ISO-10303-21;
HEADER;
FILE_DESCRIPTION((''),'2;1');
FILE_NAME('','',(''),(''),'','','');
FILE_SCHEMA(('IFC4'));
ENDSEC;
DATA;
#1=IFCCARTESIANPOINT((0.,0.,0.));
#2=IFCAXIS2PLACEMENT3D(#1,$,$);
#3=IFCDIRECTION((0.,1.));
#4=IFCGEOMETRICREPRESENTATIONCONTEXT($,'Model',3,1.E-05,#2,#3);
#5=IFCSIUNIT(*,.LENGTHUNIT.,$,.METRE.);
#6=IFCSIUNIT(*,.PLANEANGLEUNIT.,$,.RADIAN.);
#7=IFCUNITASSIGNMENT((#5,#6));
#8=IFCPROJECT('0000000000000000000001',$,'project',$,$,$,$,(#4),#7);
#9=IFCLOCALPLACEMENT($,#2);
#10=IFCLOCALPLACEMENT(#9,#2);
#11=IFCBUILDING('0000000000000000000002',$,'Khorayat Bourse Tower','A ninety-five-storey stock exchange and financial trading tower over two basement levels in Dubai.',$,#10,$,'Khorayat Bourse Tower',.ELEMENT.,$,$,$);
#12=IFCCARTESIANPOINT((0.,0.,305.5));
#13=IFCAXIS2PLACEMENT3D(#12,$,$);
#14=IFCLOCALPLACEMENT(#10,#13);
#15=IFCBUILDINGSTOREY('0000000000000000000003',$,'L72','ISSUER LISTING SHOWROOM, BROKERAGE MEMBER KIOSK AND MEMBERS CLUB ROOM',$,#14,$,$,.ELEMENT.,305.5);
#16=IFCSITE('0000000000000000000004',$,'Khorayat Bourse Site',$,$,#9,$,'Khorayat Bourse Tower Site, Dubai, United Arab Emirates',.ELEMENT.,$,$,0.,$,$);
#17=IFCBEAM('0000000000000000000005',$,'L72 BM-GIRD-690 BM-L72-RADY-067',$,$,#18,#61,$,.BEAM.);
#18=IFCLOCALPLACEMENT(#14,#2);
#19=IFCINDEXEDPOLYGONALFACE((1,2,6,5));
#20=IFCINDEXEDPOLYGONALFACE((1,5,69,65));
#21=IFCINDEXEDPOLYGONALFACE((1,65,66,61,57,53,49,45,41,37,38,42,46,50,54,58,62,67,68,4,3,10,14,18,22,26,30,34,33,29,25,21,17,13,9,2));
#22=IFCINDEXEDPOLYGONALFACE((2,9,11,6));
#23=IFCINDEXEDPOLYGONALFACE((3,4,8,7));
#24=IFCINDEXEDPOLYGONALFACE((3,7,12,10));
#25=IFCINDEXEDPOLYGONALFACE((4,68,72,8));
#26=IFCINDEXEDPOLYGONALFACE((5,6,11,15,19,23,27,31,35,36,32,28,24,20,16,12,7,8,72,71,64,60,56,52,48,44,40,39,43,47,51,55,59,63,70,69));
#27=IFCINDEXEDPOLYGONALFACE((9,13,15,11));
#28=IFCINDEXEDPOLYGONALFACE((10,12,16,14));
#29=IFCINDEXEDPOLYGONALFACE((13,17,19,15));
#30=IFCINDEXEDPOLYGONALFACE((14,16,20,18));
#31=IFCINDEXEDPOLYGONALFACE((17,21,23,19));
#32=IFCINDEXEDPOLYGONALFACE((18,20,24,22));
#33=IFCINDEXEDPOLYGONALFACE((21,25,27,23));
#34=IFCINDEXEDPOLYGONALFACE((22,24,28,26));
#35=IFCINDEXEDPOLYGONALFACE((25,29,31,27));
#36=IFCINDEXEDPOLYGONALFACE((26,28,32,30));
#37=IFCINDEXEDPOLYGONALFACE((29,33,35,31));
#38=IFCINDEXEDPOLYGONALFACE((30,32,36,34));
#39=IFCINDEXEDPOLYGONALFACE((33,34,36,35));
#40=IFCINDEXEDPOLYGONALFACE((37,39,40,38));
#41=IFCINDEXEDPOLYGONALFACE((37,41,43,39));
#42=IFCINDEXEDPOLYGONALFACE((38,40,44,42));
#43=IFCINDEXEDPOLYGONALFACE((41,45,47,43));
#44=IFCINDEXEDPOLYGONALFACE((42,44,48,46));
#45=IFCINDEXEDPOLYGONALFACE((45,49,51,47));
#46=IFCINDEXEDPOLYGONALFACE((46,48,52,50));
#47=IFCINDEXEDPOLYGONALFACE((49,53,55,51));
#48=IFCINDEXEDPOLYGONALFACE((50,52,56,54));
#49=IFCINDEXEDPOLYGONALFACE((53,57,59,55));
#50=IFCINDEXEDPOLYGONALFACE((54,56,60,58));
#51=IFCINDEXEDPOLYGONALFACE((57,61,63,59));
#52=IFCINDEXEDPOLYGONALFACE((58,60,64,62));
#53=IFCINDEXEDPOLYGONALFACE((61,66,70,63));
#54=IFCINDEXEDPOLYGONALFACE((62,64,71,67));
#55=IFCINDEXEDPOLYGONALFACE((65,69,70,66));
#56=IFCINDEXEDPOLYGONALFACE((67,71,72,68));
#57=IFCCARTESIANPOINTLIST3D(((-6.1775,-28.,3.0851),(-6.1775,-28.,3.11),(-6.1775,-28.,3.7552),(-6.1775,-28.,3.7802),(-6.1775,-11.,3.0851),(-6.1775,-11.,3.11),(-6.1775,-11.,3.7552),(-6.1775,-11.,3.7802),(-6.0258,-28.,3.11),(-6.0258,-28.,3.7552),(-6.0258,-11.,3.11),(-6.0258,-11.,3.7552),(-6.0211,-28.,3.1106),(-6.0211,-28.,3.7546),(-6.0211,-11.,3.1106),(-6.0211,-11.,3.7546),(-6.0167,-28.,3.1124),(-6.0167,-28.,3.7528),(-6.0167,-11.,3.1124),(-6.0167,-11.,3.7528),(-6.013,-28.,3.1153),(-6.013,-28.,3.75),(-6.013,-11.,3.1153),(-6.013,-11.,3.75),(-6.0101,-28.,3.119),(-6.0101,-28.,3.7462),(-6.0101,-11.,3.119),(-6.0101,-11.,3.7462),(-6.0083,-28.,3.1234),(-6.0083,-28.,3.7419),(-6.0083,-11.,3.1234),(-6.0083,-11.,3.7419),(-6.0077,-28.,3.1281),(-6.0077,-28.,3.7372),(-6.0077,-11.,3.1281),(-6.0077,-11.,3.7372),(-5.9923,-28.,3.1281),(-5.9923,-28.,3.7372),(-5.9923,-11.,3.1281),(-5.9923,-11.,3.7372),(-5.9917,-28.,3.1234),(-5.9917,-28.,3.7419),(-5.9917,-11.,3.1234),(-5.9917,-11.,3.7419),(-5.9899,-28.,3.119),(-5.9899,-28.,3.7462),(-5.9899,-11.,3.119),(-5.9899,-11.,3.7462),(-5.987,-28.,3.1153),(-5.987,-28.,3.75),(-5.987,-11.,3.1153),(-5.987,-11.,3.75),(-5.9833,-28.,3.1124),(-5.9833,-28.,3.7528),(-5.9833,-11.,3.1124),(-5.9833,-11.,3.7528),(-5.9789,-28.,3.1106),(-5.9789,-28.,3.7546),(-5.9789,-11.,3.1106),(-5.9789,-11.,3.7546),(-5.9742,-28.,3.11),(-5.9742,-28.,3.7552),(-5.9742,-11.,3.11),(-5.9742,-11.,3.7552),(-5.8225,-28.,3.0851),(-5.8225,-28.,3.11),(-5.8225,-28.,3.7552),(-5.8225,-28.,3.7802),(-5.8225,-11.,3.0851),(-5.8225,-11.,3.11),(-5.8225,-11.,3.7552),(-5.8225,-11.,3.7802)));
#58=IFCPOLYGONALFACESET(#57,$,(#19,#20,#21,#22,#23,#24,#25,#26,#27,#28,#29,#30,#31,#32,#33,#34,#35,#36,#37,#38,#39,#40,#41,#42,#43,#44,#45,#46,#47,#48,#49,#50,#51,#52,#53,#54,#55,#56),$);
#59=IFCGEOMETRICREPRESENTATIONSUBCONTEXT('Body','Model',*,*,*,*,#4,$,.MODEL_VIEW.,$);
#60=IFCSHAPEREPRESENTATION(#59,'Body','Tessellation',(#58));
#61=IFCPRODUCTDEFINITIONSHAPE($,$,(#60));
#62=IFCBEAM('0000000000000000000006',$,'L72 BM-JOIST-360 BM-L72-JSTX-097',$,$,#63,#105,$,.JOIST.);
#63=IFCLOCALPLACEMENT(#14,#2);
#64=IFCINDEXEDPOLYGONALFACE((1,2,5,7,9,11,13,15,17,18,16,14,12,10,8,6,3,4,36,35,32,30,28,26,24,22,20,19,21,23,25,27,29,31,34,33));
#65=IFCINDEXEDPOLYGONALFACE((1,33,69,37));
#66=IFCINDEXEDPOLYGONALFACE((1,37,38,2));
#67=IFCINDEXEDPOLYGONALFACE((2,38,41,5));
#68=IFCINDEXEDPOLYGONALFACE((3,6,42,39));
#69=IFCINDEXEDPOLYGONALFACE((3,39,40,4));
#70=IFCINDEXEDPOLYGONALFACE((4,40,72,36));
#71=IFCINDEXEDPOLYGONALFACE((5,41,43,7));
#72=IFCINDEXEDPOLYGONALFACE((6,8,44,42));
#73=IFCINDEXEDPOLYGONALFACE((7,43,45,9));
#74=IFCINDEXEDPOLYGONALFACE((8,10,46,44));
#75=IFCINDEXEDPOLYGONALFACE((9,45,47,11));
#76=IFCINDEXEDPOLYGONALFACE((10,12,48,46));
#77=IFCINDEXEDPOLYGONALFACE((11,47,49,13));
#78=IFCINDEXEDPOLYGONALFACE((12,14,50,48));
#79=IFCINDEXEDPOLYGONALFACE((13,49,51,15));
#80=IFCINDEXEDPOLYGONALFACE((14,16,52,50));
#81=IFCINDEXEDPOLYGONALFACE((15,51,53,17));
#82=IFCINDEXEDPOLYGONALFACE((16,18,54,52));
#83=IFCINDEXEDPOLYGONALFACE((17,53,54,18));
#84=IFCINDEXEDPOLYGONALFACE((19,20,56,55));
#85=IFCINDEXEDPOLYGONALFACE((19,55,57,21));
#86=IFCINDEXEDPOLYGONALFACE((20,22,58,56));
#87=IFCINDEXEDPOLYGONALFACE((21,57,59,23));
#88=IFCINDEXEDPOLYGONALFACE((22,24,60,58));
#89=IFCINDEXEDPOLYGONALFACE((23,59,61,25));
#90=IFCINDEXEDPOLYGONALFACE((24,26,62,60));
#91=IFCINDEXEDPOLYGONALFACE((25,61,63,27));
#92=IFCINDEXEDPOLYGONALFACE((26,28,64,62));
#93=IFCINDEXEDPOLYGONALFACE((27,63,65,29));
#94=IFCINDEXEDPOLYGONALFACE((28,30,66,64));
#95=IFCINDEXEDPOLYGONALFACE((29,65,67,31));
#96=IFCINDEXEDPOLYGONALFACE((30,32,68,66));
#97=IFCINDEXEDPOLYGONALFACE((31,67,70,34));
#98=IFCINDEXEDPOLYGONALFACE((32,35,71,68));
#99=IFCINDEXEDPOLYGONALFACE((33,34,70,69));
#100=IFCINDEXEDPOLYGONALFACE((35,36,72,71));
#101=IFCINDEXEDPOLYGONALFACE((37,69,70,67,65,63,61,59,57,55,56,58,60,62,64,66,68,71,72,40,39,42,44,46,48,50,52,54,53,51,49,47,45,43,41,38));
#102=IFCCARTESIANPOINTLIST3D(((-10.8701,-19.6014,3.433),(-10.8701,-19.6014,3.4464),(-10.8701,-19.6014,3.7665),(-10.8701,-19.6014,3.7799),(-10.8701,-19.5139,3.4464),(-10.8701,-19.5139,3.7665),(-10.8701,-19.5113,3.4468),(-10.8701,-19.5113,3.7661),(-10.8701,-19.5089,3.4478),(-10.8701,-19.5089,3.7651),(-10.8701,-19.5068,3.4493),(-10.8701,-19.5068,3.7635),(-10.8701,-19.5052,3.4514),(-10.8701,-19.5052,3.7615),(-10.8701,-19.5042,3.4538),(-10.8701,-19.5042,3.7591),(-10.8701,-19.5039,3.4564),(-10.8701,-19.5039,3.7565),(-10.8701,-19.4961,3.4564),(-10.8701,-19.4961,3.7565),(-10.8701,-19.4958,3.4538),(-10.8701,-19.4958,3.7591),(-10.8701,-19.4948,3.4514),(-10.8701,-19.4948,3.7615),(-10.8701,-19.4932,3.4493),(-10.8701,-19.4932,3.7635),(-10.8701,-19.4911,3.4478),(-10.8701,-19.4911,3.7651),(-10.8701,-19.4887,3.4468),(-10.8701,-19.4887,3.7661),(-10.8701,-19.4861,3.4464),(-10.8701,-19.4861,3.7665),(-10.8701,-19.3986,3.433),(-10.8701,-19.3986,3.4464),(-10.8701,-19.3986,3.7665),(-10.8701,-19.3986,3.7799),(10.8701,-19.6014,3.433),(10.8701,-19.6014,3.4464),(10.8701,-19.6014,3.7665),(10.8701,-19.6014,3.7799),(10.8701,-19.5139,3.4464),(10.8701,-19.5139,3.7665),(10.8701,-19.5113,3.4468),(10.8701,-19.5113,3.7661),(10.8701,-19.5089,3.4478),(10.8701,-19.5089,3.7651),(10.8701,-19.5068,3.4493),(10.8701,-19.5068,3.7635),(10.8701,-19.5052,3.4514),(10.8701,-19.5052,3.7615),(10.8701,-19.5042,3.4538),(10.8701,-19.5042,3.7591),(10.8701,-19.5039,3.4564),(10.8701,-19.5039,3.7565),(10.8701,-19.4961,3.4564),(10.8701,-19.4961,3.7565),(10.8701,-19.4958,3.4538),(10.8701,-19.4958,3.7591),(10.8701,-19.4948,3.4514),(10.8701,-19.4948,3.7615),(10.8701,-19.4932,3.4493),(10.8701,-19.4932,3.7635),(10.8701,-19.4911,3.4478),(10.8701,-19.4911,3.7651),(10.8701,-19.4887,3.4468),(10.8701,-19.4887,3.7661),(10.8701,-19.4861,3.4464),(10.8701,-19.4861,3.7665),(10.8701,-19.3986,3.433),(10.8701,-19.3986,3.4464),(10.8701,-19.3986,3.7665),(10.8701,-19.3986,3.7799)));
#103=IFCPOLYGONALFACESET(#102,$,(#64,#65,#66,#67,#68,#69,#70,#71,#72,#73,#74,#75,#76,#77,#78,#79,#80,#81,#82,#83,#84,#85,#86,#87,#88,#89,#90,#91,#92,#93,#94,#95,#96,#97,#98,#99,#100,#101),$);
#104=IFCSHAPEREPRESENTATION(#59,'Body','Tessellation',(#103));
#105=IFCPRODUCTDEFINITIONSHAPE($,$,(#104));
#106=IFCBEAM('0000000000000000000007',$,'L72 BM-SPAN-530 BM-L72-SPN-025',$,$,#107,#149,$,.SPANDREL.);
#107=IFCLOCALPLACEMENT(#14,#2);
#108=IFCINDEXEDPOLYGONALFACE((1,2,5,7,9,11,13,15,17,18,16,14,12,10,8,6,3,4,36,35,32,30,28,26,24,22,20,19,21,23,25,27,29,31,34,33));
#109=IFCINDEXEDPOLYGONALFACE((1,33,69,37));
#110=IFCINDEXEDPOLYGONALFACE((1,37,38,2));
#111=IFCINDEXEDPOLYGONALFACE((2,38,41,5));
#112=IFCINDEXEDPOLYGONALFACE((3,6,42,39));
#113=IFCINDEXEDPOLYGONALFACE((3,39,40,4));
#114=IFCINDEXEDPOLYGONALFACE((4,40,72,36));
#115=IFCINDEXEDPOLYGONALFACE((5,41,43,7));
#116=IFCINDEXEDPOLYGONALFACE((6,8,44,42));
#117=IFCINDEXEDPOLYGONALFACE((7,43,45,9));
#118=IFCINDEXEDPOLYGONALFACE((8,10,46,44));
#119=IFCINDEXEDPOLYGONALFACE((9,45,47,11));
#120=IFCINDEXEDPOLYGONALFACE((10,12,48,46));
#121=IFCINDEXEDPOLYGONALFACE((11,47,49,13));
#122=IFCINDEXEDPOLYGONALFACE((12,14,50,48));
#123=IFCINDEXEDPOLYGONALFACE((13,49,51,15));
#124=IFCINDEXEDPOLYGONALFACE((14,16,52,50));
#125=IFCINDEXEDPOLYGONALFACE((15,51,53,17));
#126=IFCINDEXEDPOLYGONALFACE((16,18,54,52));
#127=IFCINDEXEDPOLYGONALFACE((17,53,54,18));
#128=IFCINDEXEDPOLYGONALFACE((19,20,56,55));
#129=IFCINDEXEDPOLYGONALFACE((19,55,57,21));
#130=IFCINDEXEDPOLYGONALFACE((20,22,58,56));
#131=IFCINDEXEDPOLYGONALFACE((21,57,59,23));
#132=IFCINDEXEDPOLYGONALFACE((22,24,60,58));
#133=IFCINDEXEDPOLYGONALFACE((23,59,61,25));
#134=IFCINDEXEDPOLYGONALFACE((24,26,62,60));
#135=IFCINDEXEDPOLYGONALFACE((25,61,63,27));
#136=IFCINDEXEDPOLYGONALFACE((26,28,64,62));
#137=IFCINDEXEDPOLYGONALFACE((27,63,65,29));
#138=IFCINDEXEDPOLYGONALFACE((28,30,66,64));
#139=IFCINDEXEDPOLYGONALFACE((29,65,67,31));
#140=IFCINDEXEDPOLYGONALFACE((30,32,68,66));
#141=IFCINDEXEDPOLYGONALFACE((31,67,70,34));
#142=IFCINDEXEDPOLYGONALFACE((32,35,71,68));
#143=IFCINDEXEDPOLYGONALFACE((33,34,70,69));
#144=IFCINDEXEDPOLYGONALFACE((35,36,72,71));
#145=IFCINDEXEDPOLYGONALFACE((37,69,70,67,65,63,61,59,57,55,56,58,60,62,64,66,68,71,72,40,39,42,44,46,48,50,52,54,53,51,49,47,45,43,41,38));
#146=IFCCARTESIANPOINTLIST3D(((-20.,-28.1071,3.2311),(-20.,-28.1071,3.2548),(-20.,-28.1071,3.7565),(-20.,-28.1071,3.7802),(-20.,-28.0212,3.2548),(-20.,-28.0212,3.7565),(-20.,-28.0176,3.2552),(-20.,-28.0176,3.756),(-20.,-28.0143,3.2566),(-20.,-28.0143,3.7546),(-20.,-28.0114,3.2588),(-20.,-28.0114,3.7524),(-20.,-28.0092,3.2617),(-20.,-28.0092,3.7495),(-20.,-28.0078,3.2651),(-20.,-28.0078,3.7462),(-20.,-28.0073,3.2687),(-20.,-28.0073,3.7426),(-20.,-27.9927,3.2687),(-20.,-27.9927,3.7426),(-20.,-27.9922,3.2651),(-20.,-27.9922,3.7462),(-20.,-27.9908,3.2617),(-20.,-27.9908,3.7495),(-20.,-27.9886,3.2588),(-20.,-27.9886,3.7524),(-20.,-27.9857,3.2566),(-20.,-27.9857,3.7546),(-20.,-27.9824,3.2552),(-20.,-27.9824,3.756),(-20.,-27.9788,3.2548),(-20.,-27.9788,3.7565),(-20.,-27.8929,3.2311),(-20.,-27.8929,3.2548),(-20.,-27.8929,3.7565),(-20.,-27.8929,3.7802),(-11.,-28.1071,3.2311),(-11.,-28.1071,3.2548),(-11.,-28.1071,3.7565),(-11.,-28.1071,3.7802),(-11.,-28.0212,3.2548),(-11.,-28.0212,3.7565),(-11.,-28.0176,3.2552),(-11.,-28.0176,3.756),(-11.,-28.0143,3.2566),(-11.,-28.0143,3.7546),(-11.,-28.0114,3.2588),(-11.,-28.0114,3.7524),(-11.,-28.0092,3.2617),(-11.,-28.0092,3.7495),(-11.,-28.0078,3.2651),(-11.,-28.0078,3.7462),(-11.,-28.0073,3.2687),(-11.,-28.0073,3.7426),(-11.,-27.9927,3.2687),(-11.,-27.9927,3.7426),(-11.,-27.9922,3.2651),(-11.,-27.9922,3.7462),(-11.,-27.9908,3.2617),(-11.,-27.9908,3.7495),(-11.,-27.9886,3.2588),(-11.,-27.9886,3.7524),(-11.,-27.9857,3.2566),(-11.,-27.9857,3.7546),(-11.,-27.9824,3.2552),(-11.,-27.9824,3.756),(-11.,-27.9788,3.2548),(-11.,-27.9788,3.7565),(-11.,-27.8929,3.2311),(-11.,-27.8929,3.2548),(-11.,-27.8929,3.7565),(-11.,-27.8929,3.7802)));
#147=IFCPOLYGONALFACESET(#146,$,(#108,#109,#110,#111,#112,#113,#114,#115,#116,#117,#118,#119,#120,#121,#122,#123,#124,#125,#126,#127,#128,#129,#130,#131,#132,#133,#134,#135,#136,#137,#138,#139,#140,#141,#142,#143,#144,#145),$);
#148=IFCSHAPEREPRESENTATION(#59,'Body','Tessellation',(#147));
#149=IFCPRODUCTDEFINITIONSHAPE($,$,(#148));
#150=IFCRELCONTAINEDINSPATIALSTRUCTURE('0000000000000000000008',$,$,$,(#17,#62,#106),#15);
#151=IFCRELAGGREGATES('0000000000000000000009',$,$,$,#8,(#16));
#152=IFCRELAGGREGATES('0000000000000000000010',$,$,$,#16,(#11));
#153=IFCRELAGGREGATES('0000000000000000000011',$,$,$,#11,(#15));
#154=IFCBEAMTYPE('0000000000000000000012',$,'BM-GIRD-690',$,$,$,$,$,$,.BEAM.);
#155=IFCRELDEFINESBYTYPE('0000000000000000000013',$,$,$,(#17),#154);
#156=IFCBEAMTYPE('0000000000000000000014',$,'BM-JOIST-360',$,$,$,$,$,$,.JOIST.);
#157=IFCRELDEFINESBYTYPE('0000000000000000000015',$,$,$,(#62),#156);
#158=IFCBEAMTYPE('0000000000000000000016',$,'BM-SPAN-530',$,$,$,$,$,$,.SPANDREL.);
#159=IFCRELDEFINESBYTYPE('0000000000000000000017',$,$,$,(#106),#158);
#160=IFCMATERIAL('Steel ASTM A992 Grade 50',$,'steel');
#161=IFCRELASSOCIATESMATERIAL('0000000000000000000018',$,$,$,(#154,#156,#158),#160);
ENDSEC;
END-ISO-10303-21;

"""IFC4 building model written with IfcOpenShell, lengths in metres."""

from ifc_helpers import new_model, si_unit, direction, frame, origin, origin_2d, place, context, subcontext, project, spatial, i_section, extrude, source, transform, mapped, material, material_profile, profile_set, type_object, element, save


model = new_model("IFC4")

# Units and contexts
model_context = context("Model", 3, precision=1e-05, world=origin(), true_north=direction((0.0, 1.0)))
body_context = subcontext(model_context, "Body", "Model", "MODEL_VIEW")
ifc_project = project(units=[si_unit("LENGTHUNIT", "METRE"), si_unit("PLANEANGLEUNIT", "RADIAN")], contexts=[model_context])

# Site, building, storey
site_placement = place(None, origin())
site = spatial("IfcSite", under=ifc_project, at=site_placement, Name="Khorayat Bourse Site", LongName="Khorayat Bourse Tower Site, Dubai, United Arab Emirates", CompositionType="ELEMENT", RefElevation=0.0)
building_placement = place(site_placement, origin())
building = spatial("IfcBuilding", under=site, at=building_placement, Name="Khorayat Bourse Tower", Description="A ninety-five-storey stock exchange and financial trading tower over two basement levels in Dubai.", LongName="Khorayat Bourse Tower", CompositionType="ELEMENT")
storey_placement = place(building_placement, frame((0.0, 0.0, 305.5)))
storey = spatial("IfcBuildingStorey", under=building, at=storey_placement, Name="L72", Description="ISSUER LISTING SHOWROOM, BROKERAGE MEMBER KIOSK AND MEMBERS CLUB ROOM", CompositionType="ELEMENT", Elevation=305.5)

# Shared definitions
ifc_material_1 = material(Name="Steel ASTM A992 Grade 50", Category="steel")

# Beams
ifc_material_profile_1 = material_profile(ifc_material_1, i_section(OverallWidth=0.355, OverallDepth=0.6951, WebThickness=0.0154, FlangeThickness=0.0249, FilletRadius=0.0181, at=origin_2d()), Name="W690X217")
ifc_profile_set_1 = profile_set([ifc_material_profile_1], Name="Steel ASTM A992 Grade 50")
beam_type_1 = type_object("IfcBeamType", Name="BM-GIRD-690", PredefinedType="BEAM", material=ifc_profile_set_1)
shared_shape_1 = source(origin(), body_context, "Body", "SweptSolid", [
    extrude(i_section(OverallWidth=0.355, OverallDepth=0.6951, WebThickness=0.0154, FlangeThickness=0.0249, FilletRadius=0.0181, at=origin_2d()), origin(), (0.0, 0.0, 1.0), 17.0),
])
for number, where, z_axis, x_axis, name in (
    (1, (-6.0, -28.0, 3.4326), (0.0, 1.0, 0.0), (-1.0, 0.0, 0.0), "L72 BM-GIRD-690 BM-L72-RADY-067"),
):
    element("IfcBeam", number, at=place(storey_placement, frame(where, z_axis=z_axis, x_axis=x_axis)), inside=storey, type_object=beam_type_1, Name=name, PredefinedType="BEAM", context=body_context, shape_type="MappedRepresentation", body=[
        mapped(shared_shape_1, transform((0.0, 0.0, 0.0), scale=1.0)),
    ])
ifc_material_profile_2 = material_profile(ifc_material_1, i_section(OverallWidth=0.2029, OverallDepth=0.3469, WebThickness=0.0078, FlangeThickness=0.0134, FilletRadius=0.01, at=origin_2d()), Name="W360X64")
ifc_profile_set_2 = profile_set([ifc_material_profile_2], Name="Steel ASTM A992 Grade 50")
beam_type_2 = type_object("IfcBeamType", Name="BM-JOIST-360", PredefinedType="JOIST", material=ifc_profile_set_2)
shared_shape_2 = source(origin(), body_context, "Body", "SweptSolid", [
    extrude(i_section(OverallWidth=0.2029, OverallDepth=0.3469, WebThickness=0.0078, FlangeThickness=0.0134, FilletRadius=0.01, at=origin_2d()), origin(), (0.0, 0.0, 1.0), 21.7402),
])
beam_1_placement = place(storey_placement, frame((-10.8701, -19.5, 3.6064), z_axis=(1.0, 0.0, 0.0), x_axis=(0.0, 1.0, 0.0)))
element("IfcBeam", 2, at=beam_1_placement, inside=storey, type_object=beam_type_2, Name="L72 BM-JOIST-360 BM-L72-JSTX-097", PredefinedType="JOIST", context=body_context, shape_type="MappedRepresentation", body=[
    mapped(shared_shape_2, transform((0.0, 0.0, 0.0), scale=1.0)),
])
ifc_material_profile_3 = material_profile(ifc_material_1, i_section(OverallWidth=0.2141, OverallDepth=0.5491, WebThickness=0.0146, FlangeThickness=0.0237, FilletRadius=0.0139, at=origin_2d()), Name="W530X138")
ifc_profile_set_3 = profile_set([ifc_material_profile_3], Name="Steel ASTM A992 Grade 50")
beam_type_3 = type_object("IfcBeamType", Name="BM-SPAN-530", PredefinedType="SPANDREL", material=ifc_profile_set_3)
shared_shape_3 = source(origin(), body_context, "Body", "SweptSolid", [
    extrude(i_section(OverallWidth=0.2141, OverallDepth=0.5491, WebThickness=0.0146, FlangeThickness=0.0237, FilletRadius=0.0139, at=origin_2d()), origin(), (0.0, 0.0, 1.0), 9.0),
])
beam_2_placement = place(storey_placement, frame((-20.0, -28.0, 3.5056), z_axis=(1.0, 0.0, 0.0), x_axis=(0.0, 1.0, 0.0)))
element("IfcBeam", 3, at=beam_2_placement, inside=storey, type_object=beam_type_3, Name="L72 BM-SPAN-530 BM-L72-SPN-025", PredefinedType="SPANDREL", context=body_context, shape_type="MappedRepresentation", body=[
    mapped(shared_shape_3, transform((0.0, 0.0, 0.0), scale=1.0)),
])

save(model, "model.ifc")
